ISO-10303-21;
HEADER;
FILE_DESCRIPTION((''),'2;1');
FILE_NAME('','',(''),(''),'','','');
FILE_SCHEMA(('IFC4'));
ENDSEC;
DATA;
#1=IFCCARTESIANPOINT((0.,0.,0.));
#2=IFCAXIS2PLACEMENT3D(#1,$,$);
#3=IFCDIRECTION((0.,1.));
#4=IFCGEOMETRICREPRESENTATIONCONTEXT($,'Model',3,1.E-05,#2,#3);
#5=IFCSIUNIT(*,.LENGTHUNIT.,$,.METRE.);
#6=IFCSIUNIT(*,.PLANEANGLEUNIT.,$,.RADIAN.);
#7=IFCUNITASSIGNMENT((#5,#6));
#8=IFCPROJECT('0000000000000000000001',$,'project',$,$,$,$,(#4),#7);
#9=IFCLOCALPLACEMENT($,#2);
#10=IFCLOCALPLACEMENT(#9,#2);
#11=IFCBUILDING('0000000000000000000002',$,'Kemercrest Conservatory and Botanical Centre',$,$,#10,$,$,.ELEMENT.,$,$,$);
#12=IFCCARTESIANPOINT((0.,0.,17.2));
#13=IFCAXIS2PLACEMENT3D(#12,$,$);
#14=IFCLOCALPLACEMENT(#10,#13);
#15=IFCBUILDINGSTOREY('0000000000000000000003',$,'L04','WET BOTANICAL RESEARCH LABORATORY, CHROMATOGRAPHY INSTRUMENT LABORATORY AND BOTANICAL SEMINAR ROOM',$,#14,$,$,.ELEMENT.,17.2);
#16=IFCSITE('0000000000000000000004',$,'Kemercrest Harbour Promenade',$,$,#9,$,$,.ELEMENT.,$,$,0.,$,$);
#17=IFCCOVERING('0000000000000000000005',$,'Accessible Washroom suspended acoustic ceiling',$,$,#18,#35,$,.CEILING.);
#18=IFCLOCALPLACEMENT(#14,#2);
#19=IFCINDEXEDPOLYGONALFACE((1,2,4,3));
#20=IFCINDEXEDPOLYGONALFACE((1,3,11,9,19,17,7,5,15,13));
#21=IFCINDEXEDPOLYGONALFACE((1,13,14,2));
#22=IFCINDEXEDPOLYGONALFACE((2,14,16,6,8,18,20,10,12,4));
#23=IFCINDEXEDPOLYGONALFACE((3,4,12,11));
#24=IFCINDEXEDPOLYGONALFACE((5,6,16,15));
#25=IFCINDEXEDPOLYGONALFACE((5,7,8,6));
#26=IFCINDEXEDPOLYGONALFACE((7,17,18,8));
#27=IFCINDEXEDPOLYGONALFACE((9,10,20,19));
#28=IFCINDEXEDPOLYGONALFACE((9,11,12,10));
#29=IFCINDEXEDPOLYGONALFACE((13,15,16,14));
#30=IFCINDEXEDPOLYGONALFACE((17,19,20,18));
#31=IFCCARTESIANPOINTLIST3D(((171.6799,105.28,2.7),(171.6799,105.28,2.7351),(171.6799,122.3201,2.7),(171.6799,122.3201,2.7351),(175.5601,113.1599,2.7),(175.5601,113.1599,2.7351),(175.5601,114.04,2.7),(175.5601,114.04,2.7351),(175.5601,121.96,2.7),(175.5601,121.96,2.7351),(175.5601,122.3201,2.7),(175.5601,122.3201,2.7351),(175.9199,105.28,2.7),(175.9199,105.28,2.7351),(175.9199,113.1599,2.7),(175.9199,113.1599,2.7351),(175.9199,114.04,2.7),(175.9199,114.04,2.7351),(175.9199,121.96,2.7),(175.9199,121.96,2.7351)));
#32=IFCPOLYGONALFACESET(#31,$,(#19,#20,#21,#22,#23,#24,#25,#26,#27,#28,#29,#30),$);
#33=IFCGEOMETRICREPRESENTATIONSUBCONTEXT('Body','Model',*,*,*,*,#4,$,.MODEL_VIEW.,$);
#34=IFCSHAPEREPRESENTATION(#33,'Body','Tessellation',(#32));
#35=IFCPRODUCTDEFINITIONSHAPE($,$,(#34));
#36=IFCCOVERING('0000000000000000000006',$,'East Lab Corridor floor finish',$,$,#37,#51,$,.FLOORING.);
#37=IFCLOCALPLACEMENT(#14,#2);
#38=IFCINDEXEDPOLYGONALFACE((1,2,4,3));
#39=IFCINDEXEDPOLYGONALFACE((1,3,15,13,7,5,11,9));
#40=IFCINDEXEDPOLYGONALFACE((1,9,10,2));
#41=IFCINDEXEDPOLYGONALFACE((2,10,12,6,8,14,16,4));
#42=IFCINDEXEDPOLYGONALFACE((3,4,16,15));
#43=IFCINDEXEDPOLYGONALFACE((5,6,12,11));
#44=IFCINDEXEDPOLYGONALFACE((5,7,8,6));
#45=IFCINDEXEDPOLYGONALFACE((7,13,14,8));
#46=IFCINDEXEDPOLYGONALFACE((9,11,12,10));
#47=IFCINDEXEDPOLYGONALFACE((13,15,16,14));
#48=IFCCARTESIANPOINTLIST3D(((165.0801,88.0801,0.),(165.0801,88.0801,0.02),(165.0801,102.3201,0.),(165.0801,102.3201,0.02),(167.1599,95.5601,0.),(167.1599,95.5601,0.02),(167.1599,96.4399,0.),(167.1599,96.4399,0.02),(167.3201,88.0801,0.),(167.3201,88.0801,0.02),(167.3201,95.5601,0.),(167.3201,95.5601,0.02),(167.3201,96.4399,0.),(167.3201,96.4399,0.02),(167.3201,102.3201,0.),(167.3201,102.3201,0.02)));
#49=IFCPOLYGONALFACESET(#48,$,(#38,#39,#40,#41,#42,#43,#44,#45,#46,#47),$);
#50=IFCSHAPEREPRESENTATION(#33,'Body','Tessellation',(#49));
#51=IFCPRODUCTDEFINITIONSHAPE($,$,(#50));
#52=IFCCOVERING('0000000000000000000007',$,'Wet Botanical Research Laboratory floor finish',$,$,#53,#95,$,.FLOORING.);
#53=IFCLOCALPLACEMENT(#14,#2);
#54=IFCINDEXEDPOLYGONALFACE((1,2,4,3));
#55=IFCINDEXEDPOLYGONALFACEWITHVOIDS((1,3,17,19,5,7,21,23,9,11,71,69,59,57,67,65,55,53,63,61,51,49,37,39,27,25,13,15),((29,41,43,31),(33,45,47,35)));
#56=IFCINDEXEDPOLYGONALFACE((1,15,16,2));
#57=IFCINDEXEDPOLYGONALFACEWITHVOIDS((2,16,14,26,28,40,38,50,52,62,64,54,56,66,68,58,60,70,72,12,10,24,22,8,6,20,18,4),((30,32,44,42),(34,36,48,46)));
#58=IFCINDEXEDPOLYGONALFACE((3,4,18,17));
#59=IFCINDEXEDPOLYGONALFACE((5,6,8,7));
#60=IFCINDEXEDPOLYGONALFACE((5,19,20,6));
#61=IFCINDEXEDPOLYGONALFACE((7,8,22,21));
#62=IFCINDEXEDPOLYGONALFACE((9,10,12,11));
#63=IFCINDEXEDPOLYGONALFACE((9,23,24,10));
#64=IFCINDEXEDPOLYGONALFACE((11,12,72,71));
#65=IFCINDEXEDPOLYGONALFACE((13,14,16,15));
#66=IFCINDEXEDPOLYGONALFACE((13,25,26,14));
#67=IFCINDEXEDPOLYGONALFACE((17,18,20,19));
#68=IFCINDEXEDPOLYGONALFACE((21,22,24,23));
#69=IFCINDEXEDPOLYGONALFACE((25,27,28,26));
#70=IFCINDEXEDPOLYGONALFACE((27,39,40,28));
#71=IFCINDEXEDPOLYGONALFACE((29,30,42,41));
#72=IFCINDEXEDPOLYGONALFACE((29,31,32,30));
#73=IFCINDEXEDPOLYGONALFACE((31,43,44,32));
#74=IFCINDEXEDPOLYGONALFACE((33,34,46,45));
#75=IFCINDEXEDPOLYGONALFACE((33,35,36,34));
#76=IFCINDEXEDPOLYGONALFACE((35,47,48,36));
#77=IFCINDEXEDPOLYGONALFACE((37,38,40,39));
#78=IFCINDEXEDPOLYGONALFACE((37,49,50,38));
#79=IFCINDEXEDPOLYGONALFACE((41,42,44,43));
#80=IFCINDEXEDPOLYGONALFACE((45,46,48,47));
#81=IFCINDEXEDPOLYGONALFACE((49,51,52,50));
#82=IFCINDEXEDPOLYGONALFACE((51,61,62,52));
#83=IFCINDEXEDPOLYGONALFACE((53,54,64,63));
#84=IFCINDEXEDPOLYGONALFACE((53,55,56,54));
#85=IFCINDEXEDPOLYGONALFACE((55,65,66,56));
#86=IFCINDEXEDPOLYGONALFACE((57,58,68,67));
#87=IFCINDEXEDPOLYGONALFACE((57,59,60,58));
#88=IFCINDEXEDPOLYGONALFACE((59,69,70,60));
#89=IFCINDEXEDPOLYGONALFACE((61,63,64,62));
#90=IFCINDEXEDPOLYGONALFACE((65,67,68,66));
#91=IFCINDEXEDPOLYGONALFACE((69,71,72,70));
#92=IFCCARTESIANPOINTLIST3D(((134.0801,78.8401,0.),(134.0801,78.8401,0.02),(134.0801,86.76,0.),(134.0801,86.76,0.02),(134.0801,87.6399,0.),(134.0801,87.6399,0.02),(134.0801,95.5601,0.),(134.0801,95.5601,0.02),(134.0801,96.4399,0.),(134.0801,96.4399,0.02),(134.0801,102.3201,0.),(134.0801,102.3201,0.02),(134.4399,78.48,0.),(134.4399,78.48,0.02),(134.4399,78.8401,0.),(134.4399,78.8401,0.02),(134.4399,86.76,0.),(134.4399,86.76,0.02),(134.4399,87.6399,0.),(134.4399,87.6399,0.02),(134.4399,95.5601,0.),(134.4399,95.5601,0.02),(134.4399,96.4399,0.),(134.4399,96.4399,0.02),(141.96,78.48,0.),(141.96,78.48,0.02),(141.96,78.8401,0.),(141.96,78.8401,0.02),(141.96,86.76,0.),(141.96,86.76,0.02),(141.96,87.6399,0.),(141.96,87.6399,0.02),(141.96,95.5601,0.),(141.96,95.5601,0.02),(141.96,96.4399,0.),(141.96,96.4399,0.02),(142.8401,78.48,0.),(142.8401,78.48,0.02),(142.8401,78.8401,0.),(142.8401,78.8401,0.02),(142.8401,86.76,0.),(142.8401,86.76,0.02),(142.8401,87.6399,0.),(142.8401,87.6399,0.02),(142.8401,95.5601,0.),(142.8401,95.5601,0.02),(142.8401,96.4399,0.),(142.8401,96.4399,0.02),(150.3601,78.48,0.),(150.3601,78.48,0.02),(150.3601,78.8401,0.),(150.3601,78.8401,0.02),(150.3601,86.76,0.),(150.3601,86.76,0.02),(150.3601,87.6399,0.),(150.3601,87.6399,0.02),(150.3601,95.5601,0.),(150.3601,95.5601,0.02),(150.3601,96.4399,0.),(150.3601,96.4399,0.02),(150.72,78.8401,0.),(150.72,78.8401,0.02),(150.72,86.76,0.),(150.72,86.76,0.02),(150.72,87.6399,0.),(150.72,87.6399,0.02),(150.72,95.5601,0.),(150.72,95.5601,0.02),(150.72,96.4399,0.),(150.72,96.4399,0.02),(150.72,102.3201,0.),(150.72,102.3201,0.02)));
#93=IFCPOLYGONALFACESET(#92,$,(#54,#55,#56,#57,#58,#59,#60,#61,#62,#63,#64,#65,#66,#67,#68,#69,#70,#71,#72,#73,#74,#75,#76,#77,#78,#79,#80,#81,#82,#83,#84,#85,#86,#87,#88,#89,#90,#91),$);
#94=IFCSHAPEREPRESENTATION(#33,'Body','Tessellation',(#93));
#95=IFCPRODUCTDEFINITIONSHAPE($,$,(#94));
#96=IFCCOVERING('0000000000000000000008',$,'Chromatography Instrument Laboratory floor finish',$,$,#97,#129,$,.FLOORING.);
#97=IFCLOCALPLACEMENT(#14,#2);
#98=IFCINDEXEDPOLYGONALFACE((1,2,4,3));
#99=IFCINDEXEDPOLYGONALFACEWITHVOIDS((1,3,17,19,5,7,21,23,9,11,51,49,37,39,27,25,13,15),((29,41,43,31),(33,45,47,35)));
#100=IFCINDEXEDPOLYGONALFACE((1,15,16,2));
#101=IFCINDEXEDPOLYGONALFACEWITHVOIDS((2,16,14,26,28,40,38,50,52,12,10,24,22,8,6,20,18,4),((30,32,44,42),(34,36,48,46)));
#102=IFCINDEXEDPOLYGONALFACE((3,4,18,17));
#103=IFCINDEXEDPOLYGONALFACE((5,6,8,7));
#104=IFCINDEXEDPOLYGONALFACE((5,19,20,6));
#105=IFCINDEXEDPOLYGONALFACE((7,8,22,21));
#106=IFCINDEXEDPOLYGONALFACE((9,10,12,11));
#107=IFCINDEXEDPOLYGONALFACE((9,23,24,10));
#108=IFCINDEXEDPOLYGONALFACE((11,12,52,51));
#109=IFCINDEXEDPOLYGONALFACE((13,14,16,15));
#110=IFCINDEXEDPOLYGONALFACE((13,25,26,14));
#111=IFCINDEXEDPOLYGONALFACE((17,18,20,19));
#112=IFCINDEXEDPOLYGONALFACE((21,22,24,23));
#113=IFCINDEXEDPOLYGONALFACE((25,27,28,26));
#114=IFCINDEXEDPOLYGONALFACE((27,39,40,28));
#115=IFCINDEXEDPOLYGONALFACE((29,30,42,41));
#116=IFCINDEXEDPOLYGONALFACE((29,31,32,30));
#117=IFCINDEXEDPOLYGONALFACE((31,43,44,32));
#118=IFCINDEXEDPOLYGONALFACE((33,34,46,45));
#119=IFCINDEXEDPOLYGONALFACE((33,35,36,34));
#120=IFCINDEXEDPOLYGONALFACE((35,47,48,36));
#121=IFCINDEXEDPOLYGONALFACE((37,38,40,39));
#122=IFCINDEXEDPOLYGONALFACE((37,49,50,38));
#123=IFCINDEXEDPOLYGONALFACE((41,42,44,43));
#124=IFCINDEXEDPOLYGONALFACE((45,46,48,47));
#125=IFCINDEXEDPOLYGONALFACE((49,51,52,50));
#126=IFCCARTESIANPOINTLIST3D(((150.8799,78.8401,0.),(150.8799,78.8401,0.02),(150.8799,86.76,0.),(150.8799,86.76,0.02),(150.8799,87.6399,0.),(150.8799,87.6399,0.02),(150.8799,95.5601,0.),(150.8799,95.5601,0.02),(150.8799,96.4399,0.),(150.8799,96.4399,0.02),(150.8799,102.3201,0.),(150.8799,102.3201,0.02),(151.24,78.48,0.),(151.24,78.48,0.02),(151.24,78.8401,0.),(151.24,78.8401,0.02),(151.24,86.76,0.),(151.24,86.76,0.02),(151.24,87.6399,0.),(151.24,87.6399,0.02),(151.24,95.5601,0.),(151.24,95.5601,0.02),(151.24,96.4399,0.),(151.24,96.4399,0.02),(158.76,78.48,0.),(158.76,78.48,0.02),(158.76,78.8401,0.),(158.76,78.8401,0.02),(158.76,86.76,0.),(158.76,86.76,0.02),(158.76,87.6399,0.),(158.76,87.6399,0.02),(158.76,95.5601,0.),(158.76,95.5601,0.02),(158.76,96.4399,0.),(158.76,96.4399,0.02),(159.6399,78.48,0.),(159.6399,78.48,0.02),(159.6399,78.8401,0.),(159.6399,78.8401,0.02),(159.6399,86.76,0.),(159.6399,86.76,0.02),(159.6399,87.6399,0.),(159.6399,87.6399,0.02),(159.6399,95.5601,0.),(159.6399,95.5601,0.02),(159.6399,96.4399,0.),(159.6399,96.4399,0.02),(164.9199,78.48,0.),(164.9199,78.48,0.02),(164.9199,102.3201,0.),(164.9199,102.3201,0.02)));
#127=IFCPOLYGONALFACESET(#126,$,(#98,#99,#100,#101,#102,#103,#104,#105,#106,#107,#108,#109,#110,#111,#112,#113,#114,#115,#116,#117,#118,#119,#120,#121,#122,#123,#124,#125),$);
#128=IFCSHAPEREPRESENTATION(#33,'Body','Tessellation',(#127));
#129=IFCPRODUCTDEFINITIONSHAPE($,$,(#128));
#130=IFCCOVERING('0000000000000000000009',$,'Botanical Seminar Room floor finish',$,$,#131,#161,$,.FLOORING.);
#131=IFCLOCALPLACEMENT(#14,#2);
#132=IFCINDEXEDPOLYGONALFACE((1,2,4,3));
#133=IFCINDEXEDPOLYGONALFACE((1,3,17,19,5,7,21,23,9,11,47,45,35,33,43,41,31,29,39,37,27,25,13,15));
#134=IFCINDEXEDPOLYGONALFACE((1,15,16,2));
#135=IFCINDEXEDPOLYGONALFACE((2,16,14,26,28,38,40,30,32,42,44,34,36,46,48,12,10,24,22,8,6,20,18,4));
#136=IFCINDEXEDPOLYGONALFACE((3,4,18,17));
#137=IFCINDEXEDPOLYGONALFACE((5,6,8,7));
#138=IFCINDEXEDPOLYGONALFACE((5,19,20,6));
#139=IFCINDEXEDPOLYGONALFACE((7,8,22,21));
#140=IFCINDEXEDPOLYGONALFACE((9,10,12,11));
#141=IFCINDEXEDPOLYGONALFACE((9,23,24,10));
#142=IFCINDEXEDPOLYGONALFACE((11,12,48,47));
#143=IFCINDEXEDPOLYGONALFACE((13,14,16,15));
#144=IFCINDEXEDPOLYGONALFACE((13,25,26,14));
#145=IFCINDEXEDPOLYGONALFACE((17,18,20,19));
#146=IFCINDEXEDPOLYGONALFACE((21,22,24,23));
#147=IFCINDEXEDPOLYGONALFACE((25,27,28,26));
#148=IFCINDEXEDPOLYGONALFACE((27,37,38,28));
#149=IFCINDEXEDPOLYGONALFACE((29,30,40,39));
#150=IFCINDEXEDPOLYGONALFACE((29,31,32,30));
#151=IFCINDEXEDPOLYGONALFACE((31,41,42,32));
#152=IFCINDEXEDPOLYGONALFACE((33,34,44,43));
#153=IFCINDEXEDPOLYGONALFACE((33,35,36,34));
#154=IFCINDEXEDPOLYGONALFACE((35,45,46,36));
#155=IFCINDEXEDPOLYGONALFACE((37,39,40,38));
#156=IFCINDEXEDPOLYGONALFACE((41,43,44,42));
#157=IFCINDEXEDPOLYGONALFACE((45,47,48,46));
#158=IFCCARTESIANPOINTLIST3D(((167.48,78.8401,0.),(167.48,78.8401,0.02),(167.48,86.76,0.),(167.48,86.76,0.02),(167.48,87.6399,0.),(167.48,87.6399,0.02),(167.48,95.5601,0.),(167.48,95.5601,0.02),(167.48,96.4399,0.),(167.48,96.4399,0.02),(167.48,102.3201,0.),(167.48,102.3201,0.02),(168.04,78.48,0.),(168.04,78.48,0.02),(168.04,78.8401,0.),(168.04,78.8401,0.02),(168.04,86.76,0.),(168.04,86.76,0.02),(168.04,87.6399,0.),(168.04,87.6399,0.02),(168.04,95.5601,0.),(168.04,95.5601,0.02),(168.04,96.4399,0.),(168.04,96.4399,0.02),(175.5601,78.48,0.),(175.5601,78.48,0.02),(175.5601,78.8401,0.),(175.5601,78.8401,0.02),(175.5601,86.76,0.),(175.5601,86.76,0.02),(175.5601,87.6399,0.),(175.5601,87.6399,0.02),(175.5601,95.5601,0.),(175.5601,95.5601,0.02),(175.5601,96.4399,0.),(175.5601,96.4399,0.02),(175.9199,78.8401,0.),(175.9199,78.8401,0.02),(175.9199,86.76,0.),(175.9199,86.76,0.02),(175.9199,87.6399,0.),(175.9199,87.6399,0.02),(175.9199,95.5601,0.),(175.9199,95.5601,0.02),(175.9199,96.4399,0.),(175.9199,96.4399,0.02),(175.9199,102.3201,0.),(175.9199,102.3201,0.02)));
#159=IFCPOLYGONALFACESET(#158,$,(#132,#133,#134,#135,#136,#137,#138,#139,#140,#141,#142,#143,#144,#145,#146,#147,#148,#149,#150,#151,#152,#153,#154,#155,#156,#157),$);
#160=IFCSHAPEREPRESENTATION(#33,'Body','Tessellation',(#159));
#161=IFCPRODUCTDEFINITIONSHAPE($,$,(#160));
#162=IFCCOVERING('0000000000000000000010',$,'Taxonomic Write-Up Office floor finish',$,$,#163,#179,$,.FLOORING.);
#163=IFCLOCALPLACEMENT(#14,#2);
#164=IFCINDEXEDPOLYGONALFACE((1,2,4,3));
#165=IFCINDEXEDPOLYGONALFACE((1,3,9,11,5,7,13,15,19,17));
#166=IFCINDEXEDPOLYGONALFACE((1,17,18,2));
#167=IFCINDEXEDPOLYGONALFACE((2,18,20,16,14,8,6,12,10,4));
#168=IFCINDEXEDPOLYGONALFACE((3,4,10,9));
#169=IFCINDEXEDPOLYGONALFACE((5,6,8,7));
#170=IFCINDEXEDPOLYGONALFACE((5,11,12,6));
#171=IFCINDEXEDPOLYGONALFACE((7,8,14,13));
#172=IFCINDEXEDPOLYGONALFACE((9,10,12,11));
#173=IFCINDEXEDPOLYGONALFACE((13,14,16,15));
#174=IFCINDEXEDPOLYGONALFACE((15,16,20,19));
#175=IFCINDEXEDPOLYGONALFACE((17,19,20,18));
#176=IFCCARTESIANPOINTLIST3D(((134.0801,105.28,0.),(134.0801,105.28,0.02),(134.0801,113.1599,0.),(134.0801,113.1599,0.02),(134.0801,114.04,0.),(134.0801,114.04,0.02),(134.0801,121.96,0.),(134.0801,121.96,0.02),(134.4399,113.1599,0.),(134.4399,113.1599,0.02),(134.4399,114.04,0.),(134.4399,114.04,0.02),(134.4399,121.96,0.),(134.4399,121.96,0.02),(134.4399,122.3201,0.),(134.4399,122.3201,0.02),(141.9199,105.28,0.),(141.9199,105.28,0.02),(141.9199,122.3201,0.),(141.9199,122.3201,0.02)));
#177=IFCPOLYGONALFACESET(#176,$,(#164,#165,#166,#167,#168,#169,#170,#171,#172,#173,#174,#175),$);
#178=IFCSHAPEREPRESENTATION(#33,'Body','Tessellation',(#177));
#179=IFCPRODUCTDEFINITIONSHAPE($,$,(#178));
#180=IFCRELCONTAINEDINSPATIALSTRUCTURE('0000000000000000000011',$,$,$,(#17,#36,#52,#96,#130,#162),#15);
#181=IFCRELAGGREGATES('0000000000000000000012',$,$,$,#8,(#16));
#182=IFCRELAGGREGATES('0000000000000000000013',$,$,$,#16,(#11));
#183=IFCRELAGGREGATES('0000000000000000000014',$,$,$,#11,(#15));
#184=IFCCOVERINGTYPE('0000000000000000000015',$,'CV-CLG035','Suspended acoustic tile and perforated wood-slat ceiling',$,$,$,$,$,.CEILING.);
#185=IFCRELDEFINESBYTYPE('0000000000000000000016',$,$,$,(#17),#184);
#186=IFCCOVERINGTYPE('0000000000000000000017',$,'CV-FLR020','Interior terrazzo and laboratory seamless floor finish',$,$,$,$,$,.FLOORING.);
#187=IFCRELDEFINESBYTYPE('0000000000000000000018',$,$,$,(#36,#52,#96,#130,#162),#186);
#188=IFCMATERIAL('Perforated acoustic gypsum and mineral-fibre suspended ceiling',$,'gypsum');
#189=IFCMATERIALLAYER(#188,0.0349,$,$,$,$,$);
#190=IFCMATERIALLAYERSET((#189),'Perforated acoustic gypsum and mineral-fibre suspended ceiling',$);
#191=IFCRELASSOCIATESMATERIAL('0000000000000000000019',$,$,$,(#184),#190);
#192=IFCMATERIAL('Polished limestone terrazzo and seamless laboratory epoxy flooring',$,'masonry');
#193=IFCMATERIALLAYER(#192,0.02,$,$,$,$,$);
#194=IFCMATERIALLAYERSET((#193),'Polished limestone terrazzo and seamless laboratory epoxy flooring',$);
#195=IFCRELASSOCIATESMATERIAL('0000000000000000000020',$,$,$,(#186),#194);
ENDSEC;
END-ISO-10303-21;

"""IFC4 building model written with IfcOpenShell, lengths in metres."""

from ifc_helpers import new_model, si_unit, direction, frame, origin, place, context, subcontext, project, spatial, polyline, outline, extrude, material, layer, layer_set, type_object, element, save


model = new_model("IFC4")

# Units and contexts
model_context = context("Model", 3, precision=1e-05, world=origin(), true_north=direction((0.0, 1.0)))
body_context = subcontext(model_context, "Body", "Model", "MODEL_VIEW")
ifc_project = project(units=[si_unit("LENGTHUNIT", "METRE"), si_unit("PLANEANGLEUNIT", "RADIAN")], contexts=[model_context])

# Site, building, storey
site_placement = place(None, origin())
site = spatial("IfcSite", under=ifc_project, at=site_placement, Name="Kemercrest Harbour Promenade", CompositionType="ELEMENT", RefElevation=0.0)
building_placement = place(site_placement, origin())
building = spatial("IfcBuilding", under=site, at=building_placement, Name="Kemercrest Conservatory and Botanical Centre", CompositionType="ELEMENT")
storey_placement = place(building_placement, frame((0.0, 0.0, 17.2)))
storey = spatial("IfcBuildingStorey", under=building, at=storey_placement, Name="L04", Description="WET BOTANICAL RESEARCH LABORATORY, CHROMATOGRAPHY INSTRUMENT LABORATORY AND BOTANICAL SEMINAR ROOM", CompositionType="ELEMENT", Elevation=17.2)

# Coverings
ifc_material_1 = material(Name="Perforated acoustic gypsum and mineral-fibre suspended ceiling", Category="gypsum")
ifc_layer_1 = layer(ifc_material_1, 0.0349)
ifc_layer_set_1 = layer_set([ifc_layer_1], Name="Perforated acoustic gypsum and mineral-fibre suspended ceiling")
covering_type_1 = type_object("IfcCoveringType", Name="CV-CLG035", Description="Suspended acoustic tile and perforated wood-slat ceiling", PredefinedType="CEILING", material=ifc_layer_set_1)
covering_1_placement = place(storey_placement, frame((0.0, 0.0, 2.7)))
element("IfcCovering", 1, at=covering_1_placement, inside=storey, type_object=covering_type_1, Name="Accessible Washroom suspended acoustic ceiling", PredefinedType="CEILING", context=body_context, shape_type="SweptSolid", body=[
    extrude(outline(polyline([(171.6799, 105.28), (175.9199, 105.28), (175.9199, 113.1599), (175.5601, 113.1599), (175.5601, 114.04), (175.9199, 114.04), (175.9199, 121.96), (175.5601, 121.96), (175.5601, 122.3201), (171.6799, 122.3201), (171.6799, 105.28)])), origin(), (0.0, 0.0, 1.0), 0.0352),
])
ifc_material_2 = material(Name="Polished limestone terrazzo and seamless laboratory epoxy flooring", Category="masonry")
ifc_layer_2 = layer(ifc_material_2, 0.02)
ifc_layer_set_2 = layer_set([ifc_layer_2], Name="Polished limestone terrazzo and seamless laboratory epoxy flooring")
covering_type_2 = type_object("IfcCoveringType", Name="CV-FLR020", Description="Interior terrazzo and laboratory seamless floor finish", PredefinedType="FLOORING", material=ifc_layer_set_2)
covering_2_placement = place(storey_placement, origin())
element("IfcCovering", 2, at=covering_2_placement, inside=storey, type_object=covering_type_2, Name="East Lab Corridor floor finish", PredefinedType="FLOORING", context=body_context, shape_type="SweptSolid", body=[
    extrude(outline(polyline([(165.0801, 88.0801), (167.3201, 88.0801), (167.3201, 95.5601), (167.1599, 95.5601), (167.1599, 96.4399), (167.3201, 96.4399), (167.3201, 102.3201), (165.0801, 102.3201), (165.0801, 88.0801)])), origin(), (0.0, 0.0, 1.0), 0.02),
])
covering_3_placement = place(storey_placement, origin())
element("IfcCovering", 3, at=covering_3_placement, inside=storey, type_object=covering_type_2, Name="Wet Botanical Research Laboratory floor finish", PredefinedType="FLOORING", context=body_context, shape_type="SweptSolid", body=[
    extrude(outline(polyline([(141.96, 78.8401), (142.8401, 78.8401), (142.8401, 78.48), (150.3601, 78.48), (150.3601, 78.8401), (150.72, 78.8401), (150.72, 86.76), (150.3601, 86.76), (150.3601, 87.6399), (150.72, 87.6399), (150.72, 95.5601), (150.3601, 95.5601), (150.3601, 96.4399), (150.72, 96.4399), (150.72, 102.3201), (134.0801, 102.3201), (134.0801, 96.4399), (134.4399, 96.4399), (134.4399, 95.5601), (134.0801, 95.5601), (134.0801, 87.6399), (134.4399, 87.6399), (134.4399, 86.76), (134.0801, 86.76), (134.0801, 78.8401), (134.4399, 78.8401), (134.4399, 78.48), (141.96, 78.48), (141.96, 78.8401)]), holes=[polyline([(141.96, 87.6399), (142.8401, 87.6399), (142.8401, 86.76), (141.96, 86.76), (141.96, 87.6399)]), polyline([(142.8401, 96.4399), (142.8401, 95.5601), (141.96, 95.5601), (141.96, 96.4399), (142.8401, 96.4399)])]), origin(), (0.0, 0.0, 1.0), 0.02),
])
covering_4_placement = place(storey_placement, origin())
element("IfcCovering", 4, at=covering_4_placement, inside=storey, type_object=covering_type_2, Name="Chromatography Instrument Laboratory floor finish", PredefinedType="FLOORING", context=body_context, shape_type="SweptSolid", body=[
    extrude(outline(polyline([(158.76, 78.8401), (159.6399, 78.8401), (159.6399, 78.48), (164.9199, 78.48), (164.9199, 102.3201), (150.8799, 102.3201), (150.8799, 96.4399), (151.24, 96.4399), (151.24, 95.5601), (150.8799, 95.5601), (150.8799, 87.6399), (151.24, 87.6399), (151.24, 86.76), (150.8799, 86.76), (150.8799, 78.8401), (151.24, 78.8401), (151.24, 78.48), (158.76, 78.48), (158.76, 78.8401)]), holes=[polyline([(158.76, 87.6399), (159.6399, 87.6399), (159.6399, 86.76), (158.76, 86.76), (158.76, 87.6399)]), polyline([(158.76, 96.4399), (159.6399, 96.4399), (159.6399, 95.5601), (158.76, 95.5601), (158.76, 96.4399)])]), origin(), (0.0, 0.0, 1.0), 0.02),
])
covering_5_placement = place(storey_placement, origin())
element("IfcCovering", 5, at=covering_5_placement, inside=storey, type_object=covering_type_2, Name="Botanical Seminar Room floor finish", PredefinedType="FLOORING", context=body_context, shape_type="SweptSolid", body=[
    extrude(outline(polyline([(168.04, 78.48), (175.5601, 78.48), (175.5601, 78.8401), (175.9199, 78.8401), (175.9199, 86.76), (175.5601, 86.76), (175.5601, 87.6399), (175.9199, 87.6399), (175.9199, 95.5601), (175.5601, 95.5601), (175.5601, 96.4399), (175.9199, 96.4399), (175.9199, 102.3201), (167.48, 102.3201), (167.48, 96.4399), (168.04, 96.4399), (168.04, 95.5601), (167.48, 95.5601), (167.48, 87.6399), (168.04, 87.6399), (168.04, 86.76), (167.48, 86.76), (167.48, 78.8401), (168.04, 78.8401), (168.04, 78.48)])), origin(), (0.0, 0.0, 1.0), 0.02),
])
covering_6_placement = place(storey_placement, origin())
element("IfcCovering", 6, at=covering_6_placement, inside=storey, type_object=covering_type_2, Name="Taxonomic Write-Up Office floor finish", PredefinedType="FLOORING", context=body_context, shape_type="SweptSolid", body=[
    extrude(outline(polyline([(134.0801, 105.28), (141.9199, 105.28), (141.9199, 122.3201), (134.4399, 122.3201), (134.4399, 121.96), (134.0801, 121.96), (134.0801, 114.04), (134.4399, 114.04), (134.4399, 113.1599), (134.0801, 113.1599), (134.0801, 105.28)])), origin(), (0.0, 0.0, 1.0), 0.02),
])

save(model, "model.ifc")
